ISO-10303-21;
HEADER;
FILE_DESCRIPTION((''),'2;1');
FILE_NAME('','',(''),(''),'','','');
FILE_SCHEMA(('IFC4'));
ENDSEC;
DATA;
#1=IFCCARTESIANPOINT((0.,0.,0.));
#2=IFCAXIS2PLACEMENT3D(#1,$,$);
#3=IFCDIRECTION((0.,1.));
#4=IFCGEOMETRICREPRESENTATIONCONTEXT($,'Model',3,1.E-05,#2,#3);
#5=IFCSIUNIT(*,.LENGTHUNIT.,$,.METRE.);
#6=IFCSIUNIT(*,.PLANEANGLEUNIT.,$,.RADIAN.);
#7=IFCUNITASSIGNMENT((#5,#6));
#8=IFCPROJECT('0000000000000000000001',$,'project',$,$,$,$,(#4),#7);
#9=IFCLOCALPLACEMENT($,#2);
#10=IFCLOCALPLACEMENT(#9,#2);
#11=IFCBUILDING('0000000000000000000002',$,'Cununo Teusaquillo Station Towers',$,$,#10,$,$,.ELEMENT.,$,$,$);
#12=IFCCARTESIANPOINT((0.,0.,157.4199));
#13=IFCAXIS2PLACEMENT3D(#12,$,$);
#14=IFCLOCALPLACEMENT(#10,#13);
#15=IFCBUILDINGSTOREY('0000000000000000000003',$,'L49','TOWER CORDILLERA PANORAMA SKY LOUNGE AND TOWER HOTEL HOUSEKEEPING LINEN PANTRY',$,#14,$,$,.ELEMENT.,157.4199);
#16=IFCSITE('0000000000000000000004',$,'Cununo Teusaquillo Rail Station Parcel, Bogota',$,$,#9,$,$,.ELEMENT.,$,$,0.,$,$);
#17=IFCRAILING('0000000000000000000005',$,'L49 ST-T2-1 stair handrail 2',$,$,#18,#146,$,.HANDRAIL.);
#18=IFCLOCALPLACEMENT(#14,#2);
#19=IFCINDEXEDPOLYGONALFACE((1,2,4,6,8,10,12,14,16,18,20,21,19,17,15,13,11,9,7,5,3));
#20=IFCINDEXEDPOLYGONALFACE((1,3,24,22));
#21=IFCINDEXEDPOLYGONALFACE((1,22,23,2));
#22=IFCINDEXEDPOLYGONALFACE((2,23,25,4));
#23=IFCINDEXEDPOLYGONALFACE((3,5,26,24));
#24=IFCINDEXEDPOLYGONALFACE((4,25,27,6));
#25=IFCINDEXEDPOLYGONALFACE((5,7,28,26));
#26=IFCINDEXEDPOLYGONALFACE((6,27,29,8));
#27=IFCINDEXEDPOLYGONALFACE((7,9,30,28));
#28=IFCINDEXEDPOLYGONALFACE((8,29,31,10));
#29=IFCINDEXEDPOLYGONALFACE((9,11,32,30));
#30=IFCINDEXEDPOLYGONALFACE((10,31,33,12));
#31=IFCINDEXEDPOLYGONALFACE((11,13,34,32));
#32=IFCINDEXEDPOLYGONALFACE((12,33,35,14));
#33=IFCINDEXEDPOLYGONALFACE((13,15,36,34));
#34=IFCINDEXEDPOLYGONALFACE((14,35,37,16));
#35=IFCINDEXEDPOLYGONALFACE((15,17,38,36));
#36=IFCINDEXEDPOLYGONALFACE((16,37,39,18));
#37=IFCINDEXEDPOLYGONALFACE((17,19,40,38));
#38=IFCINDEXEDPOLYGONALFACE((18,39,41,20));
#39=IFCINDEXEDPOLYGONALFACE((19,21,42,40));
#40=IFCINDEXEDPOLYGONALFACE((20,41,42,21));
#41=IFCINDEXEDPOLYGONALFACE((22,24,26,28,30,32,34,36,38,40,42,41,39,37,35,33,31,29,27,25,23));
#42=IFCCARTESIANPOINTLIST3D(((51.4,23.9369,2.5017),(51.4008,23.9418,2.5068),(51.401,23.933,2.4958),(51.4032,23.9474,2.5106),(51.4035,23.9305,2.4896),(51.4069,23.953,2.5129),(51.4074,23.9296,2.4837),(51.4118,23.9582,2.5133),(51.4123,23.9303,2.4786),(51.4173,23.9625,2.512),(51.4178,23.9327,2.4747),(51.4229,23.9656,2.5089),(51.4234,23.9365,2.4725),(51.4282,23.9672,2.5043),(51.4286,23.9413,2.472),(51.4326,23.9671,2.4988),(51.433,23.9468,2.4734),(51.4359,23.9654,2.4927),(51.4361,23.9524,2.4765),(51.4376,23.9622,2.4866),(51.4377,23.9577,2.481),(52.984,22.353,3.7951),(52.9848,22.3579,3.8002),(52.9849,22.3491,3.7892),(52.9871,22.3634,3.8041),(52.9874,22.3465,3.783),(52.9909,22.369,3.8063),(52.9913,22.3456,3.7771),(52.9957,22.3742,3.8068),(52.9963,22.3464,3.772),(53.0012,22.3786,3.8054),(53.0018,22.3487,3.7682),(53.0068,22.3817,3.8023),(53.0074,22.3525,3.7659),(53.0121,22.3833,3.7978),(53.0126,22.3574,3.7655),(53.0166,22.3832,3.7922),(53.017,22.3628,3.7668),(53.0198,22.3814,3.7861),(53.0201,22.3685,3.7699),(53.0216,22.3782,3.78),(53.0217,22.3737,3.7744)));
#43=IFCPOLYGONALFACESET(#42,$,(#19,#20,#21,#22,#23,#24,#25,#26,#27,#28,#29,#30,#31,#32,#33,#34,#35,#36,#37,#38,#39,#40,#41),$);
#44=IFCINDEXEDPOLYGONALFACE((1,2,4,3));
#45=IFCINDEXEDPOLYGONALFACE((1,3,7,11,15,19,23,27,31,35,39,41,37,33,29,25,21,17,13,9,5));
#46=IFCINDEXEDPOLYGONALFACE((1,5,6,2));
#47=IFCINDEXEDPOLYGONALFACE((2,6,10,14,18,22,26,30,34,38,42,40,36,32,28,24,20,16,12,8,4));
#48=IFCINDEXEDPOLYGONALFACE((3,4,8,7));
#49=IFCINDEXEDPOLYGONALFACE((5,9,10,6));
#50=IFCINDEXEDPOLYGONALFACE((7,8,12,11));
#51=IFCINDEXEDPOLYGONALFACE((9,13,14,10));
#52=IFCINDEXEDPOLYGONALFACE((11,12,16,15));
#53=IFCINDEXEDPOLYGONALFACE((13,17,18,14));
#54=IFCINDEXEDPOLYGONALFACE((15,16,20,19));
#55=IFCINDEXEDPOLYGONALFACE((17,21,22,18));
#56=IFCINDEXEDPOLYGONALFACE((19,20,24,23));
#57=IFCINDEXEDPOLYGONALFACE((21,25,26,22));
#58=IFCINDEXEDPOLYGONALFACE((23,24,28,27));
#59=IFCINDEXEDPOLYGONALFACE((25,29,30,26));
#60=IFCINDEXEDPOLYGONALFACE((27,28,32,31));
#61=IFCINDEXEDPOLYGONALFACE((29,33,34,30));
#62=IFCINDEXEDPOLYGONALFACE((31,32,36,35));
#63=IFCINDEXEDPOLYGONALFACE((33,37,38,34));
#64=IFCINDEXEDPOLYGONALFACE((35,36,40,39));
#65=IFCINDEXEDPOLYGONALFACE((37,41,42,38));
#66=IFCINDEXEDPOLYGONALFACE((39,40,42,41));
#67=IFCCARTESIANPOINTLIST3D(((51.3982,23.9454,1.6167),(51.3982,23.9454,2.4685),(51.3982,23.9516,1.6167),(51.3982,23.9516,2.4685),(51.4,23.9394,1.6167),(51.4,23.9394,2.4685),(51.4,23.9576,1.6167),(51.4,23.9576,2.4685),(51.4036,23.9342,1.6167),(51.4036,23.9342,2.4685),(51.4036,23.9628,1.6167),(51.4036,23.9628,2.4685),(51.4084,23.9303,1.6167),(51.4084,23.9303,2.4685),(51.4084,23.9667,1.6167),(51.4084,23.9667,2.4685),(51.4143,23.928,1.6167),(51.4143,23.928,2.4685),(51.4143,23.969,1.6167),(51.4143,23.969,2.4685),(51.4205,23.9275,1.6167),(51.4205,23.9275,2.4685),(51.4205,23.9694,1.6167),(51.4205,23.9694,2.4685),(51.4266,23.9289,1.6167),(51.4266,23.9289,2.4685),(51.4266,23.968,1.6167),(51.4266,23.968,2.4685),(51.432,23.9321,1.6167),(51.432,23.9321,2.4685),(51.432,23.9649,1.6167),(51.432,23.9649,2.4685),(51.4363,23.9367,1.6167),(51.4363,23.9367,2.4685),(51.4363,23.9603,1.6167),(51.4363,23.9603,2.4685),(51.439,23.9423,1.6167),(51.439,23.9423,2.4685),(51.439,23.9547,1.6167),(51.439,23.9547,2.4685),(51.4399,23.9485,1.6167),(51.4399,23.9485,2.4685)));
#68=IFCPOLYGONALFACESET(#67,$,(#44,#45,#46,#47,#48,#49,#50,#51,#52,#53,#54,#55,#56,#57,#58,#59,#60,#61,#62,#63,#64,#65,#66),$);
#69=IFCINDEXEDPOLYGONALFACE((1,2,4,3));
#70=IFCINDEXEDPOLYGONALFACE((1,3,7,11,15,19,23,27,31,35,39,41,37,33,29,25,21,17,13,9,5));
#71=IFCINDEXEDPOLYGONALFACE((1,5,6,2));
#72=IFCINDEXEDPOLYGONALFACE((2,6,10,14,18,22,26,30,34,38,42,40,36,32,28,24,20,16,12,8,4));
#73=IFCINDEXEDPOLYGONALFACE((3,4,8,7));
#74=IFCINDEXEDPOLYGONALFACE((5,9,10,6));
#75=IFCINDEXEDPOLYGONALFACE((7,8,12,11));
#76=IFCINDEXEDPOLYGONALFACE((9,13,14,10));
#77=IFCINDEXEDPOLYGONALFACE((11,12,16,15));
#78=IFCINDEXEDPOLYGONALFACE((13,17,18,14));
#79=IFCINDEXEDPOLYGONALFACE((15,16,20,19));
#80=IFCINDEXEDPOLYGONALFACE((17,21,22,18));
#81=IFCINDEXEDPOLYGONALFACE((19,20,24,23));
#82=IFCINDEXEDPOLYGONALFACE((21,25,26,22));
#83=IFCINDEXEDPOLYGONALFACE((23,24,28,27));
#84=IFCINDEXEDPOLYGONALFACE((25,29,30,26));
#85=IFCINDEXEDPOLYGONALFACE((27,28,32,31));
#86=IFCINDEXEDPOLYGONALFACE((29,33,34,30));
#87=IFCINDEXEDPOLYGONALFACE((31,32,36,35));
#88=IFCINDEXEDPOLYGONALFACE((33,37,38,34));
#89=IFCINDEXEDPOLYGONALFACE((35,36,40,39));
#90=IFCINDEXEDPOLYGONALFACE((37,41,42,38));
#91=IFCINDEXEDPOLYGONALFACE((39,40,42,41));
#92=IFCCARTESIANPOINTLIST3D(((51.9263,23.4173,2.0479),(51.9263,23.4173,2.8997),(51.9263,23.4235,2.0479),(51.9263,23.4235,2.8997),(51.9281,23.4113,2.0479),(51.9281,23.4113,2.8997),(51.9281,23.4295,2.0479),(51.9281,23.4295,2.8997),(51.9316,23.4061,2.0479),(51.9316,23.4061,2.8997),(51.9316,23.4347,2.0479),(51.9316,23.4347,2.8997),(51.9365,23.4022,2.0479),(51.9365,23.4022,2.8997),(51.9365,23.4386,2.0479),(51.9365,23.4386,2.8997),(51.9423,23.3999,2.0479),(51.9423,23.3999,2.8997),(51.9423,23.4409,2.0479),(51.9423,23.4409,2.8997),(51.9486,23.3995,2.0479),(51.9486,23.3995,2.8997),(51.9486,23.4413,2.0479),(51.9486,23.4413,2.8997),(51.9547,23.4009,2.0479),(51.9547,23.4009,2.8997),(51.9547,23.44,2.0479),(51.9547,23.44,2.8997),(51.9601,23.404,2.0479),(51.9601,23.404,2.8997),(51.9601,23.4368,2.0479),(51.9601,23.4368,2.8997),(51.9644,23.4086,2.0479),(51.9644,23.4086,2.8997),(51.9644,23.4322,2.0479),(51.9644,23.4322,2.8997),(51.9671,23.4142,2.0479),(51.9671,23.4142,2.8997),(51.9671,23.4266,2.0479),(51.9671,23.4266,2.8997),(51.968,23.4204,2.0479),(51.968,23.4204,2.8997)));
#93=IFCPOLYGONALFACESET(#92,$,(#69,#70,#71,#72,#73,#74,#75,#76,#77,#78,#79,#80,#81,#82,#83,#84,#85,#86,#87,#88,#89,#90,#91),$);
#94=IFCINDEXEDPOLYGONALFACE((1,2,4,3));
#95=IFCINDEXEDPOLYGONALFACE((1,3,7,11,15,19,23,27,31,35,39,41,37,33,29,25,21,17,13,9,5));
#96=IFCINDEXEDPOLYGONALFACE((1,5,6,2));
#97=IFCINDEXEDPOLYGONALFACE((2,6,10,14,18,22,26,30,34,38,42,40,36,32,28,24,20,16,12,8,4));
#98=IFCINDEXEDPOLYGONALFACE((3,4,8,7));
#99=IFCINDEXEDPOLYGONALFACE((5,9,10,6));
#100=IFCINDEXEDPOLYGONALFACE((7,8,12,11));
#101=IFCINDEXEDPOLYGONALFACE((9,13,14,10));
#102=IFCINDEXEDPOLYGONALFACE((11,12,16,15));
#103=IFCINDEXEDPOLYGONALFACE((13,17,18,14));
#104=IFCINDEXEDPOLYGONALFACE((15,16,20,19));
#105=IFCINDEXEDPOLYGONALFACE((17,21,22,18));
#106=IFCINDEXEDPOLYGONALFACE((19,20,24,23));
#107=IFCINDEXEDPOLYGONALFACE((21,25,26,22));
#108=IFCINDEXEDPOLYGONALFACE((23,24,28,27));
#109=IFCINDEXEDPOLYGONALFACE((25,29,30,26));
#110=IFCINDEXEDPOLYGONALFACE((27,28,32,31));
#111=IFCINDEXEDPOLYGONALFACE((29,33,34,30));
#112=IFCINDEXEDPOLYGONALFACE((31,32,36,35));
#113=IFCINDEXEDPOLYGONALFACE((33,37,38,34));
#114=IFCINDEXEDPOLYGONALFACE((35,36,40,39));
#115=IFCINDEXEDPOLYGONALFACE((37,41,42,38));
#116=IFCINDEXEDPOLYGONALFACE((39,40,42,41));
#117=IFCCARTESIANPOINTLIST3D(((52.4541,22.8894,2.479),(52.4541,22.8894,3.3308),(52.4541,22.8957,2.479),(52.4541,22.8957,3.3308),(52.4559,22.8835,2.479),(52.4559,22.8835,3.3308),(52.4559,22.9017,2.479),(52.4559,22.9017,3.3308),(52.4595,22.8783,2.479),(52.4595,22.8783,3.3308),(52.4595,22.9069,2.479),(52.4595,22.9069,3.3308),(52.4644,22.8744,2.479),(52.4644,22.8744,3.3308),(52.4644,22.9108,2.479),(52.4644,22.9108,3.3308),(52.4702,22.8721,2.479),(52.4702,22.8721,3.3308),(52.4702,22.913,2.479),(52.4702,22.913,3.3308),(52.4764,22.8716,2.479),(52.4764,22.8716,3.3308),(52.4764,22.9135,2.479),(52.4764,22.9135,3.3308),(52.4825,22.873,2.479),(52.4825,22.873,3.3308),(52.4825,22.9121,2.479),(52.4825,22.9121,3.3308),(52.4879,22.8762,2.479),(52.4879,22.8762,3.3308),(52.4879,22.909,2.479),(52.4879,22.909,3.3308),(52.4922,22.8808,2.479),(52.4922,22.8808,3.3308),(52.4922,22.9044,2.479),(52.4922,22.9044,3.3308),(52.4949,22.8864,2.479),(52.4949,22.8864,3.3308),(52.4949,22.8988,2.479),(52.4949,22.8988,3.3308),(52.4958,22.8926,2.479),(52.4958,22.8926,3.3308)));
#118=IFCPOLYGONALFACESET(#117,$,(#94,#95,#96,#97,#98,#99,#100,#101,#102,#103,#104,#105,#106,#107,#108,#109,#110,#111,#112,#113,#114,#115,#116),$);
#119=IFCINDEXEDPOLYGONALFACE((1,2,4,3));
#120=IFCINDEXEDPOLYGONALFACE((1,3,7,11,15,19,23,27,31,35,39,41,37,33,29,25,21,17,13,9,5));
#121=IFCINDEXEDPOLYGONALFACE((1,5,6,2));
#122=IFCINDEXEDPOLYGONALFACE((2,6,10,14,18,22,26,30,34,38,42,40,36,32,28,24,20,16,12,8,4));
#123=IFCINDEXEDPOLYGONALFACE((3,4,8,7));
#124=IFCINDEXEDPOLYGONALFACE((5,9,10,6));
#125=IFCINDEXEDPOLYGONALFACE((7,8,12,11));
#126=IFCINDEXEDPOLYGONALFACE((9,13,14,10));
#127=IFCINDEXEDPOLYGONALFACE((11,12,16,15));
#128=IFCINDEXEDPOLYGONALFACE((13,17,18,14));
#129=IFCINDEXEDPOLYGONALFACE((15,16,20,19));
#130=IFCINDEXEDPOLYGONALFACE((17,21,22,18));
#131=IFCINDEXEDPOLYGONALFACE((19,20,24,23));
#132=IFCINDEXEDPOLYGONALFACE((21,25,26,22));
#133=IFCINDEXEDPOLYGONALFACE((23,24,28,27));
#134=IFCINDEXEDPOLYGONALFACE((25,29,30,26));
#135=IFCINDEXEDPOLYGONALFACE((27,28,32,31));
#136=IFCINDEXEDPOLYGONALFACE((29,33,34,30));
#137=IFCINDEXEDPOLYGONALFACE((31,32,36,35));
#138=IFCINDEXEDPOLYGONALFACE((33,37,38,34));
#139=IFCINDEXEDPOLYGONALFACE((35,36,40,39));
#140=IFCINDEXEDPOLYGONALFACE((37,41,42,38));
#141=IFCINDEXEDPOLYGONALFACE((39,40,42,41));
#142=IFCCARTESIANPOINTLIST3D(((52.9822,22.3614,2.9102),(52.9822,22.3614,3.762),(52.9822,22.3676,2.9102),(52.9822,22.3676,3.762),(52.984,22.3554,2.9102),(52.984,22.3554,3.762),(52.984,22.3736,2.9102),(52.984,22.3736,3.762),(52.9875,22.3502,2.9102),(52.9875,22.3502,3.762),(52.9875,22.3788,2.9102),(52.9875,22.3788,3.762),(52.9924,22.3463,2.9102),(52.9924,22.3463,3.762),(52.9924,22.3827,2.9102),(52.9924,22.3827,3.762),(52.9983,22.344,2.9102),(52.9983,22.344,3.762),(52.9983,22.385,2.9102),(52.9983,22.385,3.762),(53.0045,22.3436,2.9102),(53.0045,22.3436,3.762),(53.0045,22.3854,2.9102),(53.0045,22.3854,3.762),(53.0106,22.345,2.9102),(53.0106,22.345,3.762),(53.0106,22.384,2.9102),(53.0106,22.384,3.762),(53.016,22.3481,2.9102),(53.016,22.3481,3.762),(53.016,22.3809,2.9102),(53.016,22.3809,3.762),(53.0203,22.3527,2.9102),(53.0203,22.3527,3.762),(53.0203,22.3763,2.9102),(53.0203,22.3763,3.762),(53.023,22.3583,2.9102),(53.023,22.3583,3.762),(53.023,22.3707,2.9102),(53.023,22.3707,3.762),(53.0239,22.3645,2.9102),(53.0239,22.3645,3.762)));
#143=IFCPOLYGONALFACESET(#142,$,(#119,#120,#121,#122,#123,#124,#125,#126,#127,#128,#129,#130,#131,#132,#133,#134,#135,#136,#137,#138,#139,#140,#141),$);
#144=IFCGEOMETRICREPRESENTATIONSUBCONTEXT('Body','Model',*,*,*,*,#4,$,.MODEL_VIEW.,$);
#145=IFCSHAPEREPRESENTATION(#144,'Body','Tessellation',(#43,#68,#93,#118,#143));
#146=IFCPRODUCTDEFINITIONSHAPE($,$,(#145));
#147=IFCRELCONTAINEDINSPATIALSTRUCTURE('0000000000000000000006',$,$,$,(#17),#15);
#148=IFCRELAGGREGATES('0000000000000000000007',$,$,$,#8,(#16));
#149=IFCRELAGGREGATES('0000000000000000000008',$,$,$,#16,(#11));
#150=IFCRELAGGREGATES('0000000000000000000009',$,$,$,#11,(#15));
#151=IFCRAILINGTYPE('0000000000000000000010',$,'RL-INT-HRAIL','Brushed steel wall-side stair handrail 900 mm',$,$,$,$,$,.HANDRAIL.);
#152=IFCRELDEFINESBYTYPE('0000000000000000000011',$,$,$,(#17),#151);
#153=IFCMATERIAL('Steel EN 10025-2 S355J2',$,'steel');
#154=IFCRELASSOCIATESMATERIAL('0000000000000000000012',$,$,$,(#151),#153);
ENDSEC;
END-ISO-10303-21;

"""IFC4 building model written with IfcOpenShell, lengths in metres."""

from ifc_helpers import new_model, si_unit, direction, frame, origin, origin_2d, place, context, subcontext, project, spatial, circle, extrude, material, type_object, element, save


model = new_model("IFC4")

# Units and contexts
model_context = context("Model", 3, precision=1e-05, world=origin(), true_north=direction((0.0, 1.0)))
body_context = subcontext(model_context, "Body", "Model", "MODEL_VIEW")
ifc_project = project(units=[si_unit("LENGTHUNIT", "METRE"), si_unit("PLANEANGLEUNIT", "RADIAN")], contexts=[model_context])

# Site, building, storey
site_placement = place(None, origin())
site = spatial("IfcSite", under=ifc_project, at=site_placement, Name="Cununo Teusaquillo Rail Station Parcel, Bogota", CompositionType="ELEMENT", RefElevation=0.0)
building_placement = place(site_placement, origin())
building = spatial("IfcBuilding", under=site, at=building_placement, Name="Cununo Teusaquillo Station Towers", CompositionType="ELEMENT")
storey_placement = place(building_placement, frame((0.0, 0.0, 157.4199)))
storey = spatial("IfcBuildingStorey", under=building, at=storey_placement, Name="L49", Description="TOWER CORDILLERA PANORAMA SKY LOUNGE AND TOWER HOTEL HOUSEKEEPING LINEN PANTRY", CompositionType="ELEMENT", Elevation=157.4199)

# Railing
ifc_material_1 = material(Name="Steel EN 10025-2 S355J2", Category="steel")
railing_type = type_object("IfcRailingType", Name="RL-INT-HRAIL", Description="Brushed steel wall-side stair handrail 900 mm", PredefinedType="HANDRAIL", material=ifc_material_1)
railing_placement = place(storey_placement, frame((51.4189, 23.9485, 1.6167)))
element("IfcRailing", 1, at=railing_placement, inside=storey, type_object=railing_type, Name="L49 ST-T2-1 stair handrail 2", PredefinedType="HANDRAIL", context=body_context, shape_type="SweptSolid", body=[
    extrude(circle(Radius=0.0239, at=origin_2d()), frame((0.0, 0.0, 0.876), z_axis=(0.612356, -0.612356, 0.50004), x_axis=(0.707107, 0.707107, 0.0)), (0.0, 0.0, 1.0), 2.5867),
    extrude(circle(Radius=0.021, at=origin_2d()), origin(), (0.0, 0.0, 1.0), 0.8518),
    extrude(circle(Radius=0.021, at=origin_2d()), frame((0.5281, -0.5281, 0.4312)), (0.0, 0.0, 1.0), 0.8518),
    extrude(circle(Radius=0.021, at=origin_2d()), frame((1.0559, -1.0559, 0.8623)), (0.0, 0.0, 1.0), 0.8518),
    extrude(circle(Radius=0.021, at=origin_2d()), frame((1.584, -1.584, 1.2935)), (0.0, 0.0, 1.0), 0.8518),
])

save(model, "model.ifc")
